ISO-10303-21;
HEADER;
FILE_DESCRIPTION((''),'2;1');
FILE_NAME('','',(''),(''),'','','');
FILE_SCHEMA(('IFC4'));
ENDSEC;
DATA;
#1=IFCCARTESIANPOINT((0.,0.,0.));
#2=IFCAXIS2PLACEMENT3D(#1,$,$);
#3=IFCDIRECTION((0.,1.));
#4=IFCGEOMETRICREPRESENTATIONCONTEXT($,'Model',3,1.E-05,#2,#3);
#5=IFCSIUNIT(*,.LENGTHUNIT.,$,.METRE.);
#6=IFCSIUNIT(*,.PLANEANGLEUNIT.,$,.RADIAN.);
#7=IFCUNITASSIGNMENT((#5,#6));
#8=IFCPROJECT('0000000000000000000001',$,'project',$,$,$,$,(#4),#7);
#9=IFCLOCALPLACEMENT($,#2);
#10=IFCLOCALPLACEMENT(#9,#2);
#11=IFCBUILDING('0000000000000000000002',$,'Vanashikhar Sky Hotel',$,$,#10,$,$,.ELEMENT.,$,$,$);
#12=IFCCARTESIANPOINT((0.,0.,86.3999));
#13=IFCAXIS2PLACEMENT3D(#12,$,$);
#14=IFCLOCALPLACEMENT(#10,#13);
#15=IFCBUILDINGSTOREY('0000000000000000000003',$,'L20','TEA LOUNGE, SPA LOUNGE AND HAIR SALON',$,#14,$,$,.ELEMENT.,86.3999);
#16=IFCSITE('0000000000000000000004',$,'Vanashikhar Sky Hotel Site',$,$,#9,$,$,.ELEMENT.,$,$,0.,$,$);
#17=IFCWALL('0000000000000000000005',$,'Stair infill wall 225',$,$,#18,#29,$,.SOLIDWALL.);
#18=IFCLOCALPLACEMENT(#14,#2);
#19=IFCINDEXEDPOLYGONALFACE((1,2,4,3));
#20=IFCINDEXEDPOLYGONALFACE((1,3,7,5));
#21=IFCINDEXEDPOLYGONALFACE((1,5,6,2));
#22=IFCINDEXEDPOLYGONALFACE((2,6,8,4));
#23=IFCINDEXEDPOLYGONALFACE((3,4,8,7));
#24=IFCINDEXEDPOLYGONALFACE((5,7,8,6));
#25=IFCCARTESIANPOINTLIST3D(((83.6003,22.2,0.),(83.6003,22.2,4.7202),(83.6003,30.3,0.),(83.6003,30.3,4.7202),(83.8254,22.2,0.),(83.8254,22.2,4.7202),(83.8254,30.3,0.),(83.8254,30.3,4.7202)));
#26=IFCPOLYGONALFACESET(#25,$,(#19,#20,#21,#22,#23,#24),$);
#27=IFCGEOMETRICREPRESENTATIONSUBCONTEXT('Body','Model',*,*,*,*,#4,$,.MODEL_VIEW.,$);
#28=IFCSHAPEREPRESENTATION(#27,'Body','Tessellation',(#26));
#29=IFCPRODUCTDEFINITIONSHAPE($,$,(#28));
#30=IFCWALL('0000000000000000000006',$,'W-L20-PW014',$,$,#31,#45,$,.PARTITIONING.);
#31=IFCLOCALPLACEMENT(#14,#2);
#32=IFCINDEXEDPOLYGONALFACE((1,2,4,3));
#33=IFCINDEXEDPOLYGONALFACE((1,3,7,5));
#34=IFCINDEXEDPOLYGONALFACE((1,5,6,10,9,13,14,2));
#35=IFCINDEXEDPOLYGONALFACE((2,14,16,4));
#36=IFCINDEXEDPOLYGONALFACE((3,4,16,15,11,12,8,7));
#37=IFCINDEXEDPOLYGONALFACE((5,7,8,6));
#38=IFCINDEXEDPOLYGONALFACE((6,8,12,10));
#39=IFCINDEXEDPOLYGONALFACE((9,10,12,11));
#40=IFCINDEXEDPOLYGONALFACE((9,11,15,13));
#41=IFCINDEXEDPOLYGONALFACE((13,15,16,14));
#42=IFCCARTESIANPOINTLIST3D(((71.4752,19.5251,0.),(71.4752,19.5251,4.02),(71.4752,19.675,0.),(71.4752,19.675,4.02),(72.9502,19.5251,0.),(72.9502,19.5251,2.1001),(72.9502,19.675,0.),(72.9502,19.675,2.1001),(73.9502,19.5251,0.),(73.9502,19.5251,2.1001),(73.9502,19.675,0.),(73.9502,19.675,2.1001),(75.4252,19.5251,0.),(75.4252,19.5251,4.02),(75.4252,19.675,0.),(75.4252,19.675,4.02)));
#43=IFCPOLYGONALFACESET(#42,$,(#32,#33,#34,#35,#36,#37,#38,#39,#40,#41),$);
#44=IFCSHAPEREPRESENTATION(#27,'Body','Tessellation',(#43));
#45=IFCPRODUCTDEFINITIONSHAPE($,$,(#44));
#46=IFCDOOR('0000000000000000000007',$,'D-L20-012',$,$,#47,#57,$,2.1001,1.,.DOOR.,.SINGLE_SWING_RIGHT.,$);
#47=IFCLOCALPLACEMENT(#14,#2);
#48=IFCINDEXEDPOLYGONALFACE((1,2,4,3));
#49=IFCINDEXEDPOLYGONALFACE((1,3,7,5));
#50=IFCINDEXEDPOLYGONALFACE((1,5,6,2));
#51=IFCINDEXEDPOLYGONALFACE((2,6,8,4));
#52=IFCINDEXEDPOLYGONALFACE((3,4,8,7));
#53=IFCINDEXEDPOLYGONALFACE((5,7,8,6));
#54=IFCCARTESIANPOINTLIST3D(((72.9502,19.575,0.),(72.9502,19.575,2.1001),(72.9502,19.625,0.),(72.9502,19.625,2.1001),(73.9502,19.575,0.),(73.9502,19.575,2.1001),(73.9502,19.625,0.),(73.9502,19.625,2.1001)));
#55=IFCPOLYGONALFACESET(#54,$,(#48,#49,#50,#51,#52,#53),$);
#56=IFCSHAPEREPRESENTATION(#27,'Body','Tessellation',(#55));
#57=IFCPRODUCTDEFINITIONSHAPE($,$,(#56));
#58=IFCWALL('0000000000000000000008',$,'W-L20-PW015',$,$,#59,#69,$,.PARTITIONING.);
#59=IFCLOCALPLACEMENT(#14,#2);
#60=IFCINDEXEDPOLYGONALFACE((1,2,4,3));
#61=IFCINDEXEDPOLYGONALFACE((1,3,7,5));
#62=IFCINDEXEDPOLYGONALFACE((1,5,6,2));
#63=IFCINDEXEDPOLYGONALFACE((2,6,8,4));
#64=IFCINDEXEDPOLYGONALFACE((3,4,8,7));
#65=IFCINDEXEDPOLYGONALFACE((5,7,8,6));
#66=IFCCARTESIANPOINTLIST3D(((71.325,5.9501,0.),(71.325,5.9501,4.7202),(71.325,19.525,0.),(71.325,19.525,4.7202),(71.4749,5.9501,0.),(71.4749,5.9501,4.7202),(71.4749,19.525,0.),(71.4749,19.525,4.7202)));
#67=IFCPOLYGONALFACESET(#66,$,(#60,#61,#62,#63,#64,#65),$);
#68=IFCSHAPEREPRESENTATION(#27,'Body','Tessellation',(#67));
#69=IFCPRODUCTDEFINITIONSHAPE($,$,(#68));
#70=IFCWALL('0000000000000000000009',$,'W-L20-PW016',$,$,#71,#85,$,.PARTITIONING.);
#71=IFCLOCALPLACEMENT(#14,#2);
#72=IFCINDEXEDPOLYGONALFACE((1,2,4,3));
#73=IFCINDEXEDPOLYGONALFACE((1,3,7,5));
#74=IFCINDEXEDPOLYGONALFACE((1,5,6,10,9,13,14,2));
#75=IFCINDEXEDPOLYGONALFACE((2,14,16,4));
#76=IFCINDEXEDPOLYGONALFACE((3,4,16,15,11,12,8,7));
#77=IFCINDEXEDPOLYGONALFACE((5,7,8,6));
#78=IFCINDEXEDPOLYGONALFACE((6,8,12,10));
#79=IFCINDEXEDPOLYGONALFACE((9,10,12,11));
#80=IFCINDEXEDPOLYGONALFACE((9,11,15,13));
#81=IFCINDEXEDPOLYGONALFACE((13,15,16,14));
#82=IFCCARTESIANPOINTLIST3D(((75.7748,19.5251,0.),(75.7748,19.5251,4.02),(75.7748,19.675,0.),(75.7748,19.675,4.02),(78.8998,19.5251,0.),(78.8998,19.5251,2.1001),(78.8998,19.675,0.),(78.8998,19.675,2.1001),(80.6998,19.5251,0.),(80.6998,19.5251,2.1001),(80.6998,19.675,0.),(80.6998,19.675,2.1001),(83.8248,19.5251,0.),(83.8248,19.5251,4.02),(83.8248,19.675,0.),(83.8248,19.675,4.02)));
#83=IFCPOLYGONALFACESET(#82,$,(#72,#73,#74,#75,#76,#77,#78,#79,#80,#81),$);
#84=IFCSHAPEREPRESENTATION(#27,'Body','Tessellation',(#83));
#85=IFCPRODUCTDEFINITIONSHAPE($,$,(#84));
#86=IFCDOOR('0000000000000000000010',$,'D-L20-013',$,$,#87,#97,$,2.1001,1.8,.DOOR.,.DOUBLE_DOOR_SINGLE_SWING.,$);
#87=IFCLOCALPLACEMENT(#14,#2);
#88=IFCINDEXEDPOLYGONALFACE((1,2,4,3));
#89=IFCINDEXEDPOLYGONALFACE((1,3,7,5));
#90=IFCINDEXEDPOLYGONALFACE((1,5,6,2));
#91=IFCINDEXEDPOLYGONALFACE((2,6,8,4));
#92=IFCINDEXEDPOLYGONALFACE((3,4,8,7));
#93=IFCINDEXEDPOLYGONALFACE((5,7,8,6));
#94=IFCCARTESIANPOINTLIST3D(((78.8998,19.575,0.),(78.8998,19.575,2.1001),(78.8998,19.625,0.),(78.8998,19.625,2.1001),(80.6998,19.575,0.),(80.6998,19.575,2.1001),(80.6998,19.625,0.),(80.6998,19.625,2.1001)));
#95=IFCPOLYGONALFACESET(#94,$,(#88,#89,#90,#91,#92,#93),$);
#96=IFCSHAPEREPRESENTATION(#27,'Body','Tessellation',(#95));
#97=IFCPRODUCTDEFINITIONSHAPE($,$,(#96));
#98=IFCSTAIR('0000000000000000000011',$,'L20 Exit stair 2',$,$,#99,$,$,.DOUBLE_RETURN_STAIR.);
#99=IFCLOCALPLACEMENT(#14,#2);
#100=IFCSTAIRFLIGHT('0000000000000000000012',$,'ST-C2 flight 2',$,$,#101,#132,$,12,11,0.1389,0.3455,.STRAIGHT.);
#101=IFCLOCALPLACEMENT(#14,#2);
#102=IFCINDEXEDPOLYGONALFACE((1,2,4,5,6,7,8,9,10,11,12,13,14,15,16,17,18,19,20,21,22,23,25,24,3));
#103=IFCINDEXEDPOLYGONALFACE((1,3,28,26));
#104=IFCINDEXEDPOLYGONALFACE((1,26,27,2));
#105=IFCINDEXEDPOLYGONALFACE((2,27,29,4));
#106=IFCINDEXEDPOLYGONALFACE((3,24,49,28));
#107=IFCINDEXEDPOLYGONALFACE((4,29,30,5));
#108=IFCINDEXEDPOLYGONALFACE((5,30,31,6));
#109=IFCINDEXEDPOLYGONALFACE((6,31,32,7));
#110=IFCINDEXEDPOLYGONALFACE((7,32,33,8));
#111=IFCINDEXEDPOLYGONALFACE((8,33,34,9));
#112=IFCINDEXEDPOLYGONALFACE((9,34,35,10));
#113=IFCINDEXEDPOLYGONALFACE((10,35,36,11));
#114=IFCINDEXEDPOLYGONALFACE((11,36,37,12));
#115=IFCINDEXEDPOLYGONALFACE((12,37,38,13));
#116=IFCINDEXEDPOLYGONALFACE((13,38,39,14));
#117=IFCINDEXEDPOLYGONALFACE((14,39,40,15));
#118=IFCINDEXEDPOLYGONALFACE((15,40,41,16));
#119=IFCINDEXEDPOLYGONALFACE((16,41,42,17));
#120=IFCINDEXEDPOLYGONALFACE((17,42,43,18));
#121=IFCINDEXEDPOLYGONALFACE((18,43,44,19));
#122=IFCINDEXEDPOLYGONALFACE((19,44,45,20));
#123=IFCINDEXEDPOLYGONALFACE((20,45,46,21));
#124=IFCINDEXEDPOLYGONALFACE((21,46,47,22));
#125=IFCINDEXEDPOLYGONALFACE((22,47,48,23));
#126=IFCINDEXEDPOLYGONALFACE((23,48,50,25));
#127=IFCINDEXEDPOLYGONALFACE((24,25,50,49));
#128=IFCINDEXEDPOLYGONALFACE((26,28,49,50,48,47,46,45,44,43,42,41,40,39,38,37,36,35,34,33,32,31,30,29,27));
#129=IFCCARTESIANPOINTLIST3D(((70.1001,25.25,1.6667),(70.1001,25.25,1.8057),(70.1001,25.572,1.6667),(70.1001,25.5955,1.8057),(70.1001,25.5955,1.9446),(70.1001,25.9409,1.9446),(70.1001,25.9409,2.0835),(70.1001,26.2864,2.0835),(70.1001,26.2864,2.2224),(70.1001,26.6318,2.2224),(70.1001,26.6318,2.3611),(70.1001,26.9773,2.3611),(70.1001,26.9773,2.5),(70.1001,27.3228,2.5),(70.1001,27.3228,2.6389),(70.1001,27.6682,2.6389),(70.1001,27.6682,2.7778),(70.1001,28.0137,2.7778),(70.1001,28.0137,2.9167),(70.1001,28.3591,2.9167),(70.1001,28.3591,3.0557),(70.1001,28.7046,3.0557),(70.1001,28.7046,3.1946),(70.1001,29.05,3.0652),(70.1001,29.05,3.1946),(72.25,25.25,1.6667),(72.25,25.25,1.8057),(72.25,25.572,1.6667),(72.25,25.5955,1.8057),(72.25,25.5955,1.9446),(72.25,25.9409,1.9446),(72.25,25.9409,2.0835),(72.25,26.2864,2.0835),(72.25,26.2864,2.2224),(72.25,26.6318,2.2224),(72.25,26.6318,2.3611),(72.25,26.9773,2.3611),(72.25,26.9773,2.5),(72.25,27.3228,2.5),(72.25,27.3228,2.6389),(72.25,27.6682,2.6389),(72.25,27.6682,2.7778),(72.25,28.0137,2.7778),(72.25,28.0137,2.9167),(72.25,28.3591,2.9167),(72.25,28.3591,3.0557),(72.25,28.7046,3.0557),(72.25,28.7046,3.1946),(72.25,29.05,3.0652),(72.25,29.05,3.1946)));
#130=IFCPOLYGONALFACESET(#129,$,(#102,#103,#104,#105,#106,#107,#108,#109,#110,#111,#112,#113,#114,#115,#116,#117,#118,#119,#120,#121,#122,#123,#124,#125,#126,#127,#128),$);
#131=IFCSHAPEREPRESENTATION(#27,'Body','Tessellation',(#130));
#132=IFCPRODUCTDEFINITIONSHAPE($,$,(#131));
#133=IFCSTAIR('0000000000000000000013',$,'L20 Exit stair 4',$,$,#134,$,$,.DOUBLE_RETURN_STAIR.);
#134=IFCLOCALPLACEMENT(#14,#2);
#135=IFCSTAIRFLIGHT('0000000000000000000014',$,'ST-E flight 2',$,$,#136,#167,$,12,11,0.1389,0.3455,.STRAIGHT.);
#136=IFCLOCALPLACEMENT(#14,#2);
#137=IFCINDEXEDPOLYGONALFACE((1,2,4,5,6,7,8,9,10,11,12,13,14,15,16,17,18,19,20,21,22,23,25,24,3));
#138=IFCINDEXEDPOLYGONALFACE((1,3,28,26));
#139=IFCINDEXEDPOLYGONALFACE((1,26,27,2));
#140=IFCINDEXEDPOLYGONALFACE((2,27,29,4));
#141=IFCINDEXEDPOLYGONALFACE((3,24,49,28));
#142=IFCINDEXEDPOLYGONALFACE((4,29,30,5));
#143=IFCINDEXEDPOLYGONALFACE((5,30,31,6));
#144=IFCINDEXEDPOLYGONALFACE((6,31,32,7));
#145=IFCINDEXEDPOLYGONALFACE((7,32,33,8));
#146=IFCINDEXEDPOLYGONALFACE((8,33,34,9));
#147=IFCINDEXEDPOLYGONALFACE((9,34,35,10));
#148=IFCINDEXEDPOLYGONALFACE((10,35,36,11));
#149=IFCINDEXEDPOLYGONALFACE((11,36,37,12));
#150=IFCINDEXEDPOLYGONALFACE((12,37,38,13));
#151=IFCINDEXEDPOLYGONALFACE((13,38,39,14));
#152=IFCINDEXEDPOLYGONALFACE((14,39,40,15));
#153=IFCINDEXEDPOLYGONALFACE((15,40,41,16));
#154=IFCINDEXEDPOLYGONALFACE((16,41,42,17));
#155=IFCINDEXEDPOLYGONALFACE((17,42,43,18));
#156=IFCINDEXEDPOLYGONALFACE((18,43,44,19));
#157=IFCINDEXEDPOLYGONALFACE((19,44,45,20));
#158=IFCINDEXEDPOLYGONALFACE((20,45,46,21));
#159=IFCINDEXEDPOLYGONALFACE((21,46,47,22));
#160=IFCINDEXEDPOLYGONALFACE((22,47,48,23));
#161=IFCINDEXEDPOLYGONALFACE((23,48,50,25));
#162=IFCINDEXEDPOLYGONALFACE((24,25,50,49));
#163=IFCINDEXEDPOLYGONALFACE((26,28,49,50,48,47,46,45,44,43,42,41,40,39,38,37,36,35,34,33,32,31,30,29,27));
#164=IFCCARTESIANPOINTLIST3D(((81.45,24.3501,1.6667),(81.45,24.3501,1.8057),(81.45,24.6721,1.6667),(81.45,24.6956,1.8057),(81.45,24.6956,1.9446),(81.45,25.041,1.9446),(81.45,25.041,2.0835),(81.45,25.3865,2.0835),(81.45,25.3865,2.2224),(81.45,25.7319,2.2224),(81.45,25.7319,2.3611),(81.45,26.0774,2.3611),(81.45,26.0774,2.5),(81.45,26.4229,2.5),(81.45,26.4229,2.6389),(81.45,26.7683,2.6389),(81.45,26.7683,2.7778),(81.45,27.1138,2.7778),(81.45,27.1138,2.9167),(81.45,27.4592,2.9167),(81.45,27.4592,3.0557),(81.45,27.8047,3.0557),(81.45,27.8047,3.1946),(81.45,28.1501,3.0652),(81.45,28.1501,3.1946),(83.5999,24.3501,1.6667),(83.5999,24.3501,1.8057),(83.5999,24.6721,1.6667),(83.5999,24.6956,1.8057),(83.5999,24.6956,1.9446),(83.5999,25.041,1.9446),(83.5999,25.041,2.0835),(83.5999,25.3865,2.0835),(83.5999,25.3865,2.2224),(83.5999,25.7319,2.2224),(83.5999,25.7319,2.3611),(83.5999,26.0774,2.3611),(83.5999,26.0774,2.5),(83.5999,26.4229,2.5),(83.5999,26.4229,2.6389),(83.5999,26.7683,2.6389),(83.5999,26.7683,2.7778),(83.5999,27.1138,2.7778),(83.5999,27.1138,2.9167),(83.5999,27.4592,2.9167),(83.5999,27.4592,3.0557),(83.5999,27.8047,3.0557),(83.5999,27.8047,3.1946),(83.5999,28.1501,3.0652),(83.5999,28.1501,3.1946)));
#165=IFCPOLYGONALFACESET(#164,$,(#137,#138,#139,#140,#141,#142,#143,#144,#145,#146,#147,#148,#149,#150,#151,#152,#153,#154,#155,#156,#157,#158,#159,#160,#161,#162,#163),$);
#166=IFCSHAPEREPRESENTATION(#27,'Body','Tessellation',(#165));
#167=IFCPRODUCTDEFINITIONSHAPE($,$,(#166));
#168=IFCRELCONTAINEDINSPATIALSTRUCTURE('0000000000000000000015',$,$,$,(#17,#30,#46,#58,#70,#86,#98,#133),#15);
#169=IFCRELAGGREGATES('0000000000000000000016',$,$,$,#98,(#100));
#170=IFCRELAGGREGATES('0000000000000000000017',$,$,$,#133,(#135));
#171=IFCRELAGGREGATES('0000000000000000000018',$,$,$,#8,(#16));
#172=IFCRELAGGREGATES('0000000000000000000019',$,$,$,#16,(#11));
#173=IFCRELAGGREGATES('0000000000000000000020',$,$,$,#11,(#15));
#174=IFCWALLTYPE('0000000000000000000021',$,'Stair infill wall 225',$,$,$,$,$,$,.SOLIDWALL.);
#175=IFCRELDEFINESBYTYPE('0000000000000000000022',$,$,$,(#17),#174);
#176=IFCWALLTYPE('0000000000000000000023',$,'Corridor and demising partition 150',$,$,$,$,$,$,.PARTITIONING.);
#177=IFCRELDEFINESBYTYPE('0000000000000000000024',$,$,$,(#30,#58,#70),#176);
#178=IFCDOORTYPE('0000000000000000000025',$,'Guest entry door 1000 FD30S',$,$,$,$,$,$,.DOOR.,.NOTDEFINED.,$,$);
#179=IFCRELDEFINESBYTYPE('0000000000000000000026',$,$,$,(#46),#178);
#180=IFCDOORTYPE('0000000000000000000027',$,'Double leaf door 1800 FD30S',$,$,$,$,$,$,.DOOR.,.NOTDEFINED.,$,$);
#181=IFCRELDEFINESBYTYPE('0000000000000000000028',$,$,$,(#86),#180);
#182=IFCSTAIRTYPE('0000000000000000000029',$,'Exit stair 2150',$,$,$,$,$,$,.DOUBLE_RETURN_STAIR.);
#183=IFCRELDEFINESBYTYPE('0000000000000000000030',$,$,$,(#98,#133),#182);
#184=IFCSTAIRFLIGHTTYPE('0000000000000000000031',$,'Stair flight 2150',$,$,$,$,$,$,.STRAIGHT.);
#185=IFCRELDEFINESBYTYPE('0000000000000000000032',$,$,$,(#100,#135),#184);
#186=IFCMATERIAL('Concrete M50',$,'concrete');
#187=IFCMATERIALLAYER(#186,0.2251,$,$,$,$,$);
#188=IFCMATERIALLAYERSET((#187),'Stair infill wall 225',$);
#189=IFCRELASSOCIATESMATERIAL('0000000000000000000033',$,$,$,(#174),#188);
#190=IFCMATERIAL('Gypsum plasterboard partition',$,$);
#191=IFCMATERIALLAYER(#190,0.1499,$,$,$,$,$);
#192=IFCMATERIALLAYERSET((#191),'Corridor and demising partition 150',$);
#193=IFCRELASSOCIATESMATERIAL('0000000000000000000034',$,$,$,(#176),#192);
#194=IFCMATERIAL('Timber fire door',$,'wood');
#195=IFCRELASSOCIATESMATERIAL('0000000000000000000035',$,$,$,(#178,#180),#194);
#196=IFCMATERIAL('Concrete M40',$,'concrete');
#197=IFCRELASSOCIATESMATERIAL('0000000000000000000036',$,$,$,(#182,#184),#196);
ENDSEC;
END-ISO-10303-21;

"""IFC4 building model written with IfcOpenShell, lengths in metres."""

from ifc_helpers import new_model, si_unit, direction, frame, frame_2d, origin, place, context, subcontext, project, spatial, polyline, rectangle, outline, extrude, source, transform, mapped, material, layer, layer_set, type_object, element, fill, aggregate, save


model = new_model("IFC4")

# Units and contexts
model_context = context("Model", 3, precision=1e-05, world=origin(), true_north=direction((0.0, 1.0)))
body_context = subcontext(model_context, "Body", "Model", "MODEL_VIEW")
ifc_project = project(units=[si_unit("LENGTHUNIT", "METRE"), si_unit("PLANEANGLEUNIT", "RADIAN")], contexts=[model_context])

# Site, building, storey
site_placement = place(None, origin())
site = spatial("IfcSite", under=ifc_project, at=site_placement, Name="Vanashikhar Sky Hotel Site", CompositionType="ELEMENT", RefElevation=0.0)
building_placement = place(site_placement, origin())
building = spatial("IfcBuilding", under=site, at=building_placement, Name="Vanashikhar Sky Hotel", CompositionType="ELEMENT")
storey_placement = place(building_placement, frame((0.0, 0.0, 86.3999)))
storey = spatial("IfcBuildingStorey", under=building, at=storey_placement, Name="L20", Description="TEA LOUNGE, SPA LOUNGE AND HAIR SALON", CompositionType="ELEMENT", Elevation=86.3999)

# Shared definitions
ifc_material_1 = material(Name="Concrete M50", Category="concrete")

# Wall
ifc_layer_1 = layer(ifc_material_1, 0.2251)
ifc_layer_set_1 = layer_set([ifc_layer_1], Name="Stair infill wall 225")
wall_type_1 = type_object("IfcWallType", Name="Stair infill wall 225", PredefinedType="SOLIDWALL", material=ifc_layer_set_1)
shared_shape_1 = source(origin(), body_context, "Body", "SweptSolid", [
    extrude(rectangle(XDim=8.1001, YDim=0.2251, at=frame_2d((4.05, 0.0))), origin(), (0.0, 0.0, 1.0), 4.7202),
])
wall_1_placement = place(storey_placement, frame((83.7129, 22.2, 0.0), z_axis=(0.0, 0.0, 1.0), x_axis=(0.0, 1.0, 0.0)))
element("IfcWall", 1, at=wall_1_placement, inside=storey, type_object=wall_type_1, Name="Stair infill wall 225", PredefinedType="SOLIDWALL", context=body_context, shape_type="MappedRepresentation", body=[
    mapped(shared_shape_1, transform((0.0, 0.0, 0.0), scale=1.0)),
])

# Wall, opening, door
ifc_material_2 = material(Name="Gypsum plasterboard partition")
ifc_layer_2 = layer(ifc_material_2, 0.1499)
ifc_layer_set_2 = layer_set([ifc_layer_2], Name="Corridor and demising partition 150")
wall_type_2 = type_object("IfcWallType", Name="Corridor and demising partition 150", PredefinedType="PARTITIONING", material=ifc_layer_set_2)
shared_shape_2 = source(origin(), body_context, "Body", "SweptSolid", [
    extrude(rectangle(XDim=3.95, YDim=0.1499, at=frame_2d((1.9751, 0.0))), origin(), (0.0, 0.0, 1.0), 4.02),
])
wall_2_placement = place(storey_placement, frame((71.4751, 19.6001, 0.0), z_axis=(0.0, 0.0, 1.0), x_axis=(1.0, 0.0, 0.0)))
wall_2 = element("IfcWall", 2, at=wall_2_placement, inside=storey, type_object=wall_type_2, Name="W-L20-PW014", PredefinedType="PARTITIONING", context=body_context, shape_type="MappedRepresentation", body=[
    mapped(shared_shape_2, transform((0.0, 0.0, 0.0), scale=1.0)),
])
shared_shape_3 = source(origin(), body_context, "Body", "SweptSolid", [
    extrude(rectangle(XDim=1.0, YDim=2.1001, at=frame_2d((0.5, 1.05))), frame((0.0, 0.085, 0.0), z_axis=(0.0, -1.0, 0.0), x_axis=(1.0, 0.0, 0.0)), (0.0, 0.0, 1.0), 0.1699),
])
opening_1_placement = place(wall_2_placement, frame((1.4751, 0.0, 0.0)))
opening_1 = element("IfcOpeningElement", 3, at=opening_1_placement, cuts=wall_2, PredefinedType="OPENING", context=body_context, shape_type="MappedRepresentation", body=[
    mapped(shared_shape_3, transform((0.0, 0.0, 0.0), scale=1.0)),
])
ifc_material_3 = material(Name="Timber fire door", Category="wood")
door_type_1 = type_object("IfcDoorType", Name="Guest entry door 1000 FD30S", OperationType="NOTDEFINED", PredefinedType="DOOR", material=ifc_material_3)
shared_shape_4 = source(origin(), body_context, "Body", "SweptSolid", [
    extrude(rectangle(XDim=1.0, YDim=2.1001, at=frame_2d((0.5, 1.05))), frame((0.0, 0.0249, 0.0), z_axis=(0.0, -1.0, 0.0), x_axis=(1.0, 0.0, 0.0)), (0.0, 0.0, 1.0), 0.05),
])
door_1_placement = place(opening_1_placement, origin())
door_1 = element("IfcDoor", 4, at=door_1_placement, inside=storey, type_object=door_type_1, Name="D-L20-012", OperationType="SINGLE_SWING_RIGHT", OverallHeight=2.1001, OverallWidth=1.0, PredefinedType="DOOR", context=body_context, shape_type="MappedRepresentation", body=[
    mapped(shared_shape_4, transform((0.0, 0.0, 0.0), scale=1.0)),
])
fill(opening_1, door_1)

# Wall
shared_shape_5 = source(origin(), body_context, "Body", "SweptSolid", [
    extrude(rectangle(XDim=13.575, YDim=0.1499, at=frame_2d((6.7876, 0.0))), origin(), (0.0, 0.0, 1.0), 4.7202),
])
wall_3_placement = place(storey_placement, frame((71.3999, 5.95, 0.0), z_axis=(0.0, 0.0, 1.0), x_axis=(0.0, 1.0, 0.0)))
element("IfcWall", 5, at=wall_3_placement, inside=storey, type_object=wall_type_2, Name="W-L20-PW015", PredefinedType="PARTITIONING", context=body_context, shape_type="MappedRepresentation", body=[
    mapped(shared_shape_5, transform((0.0, 0.0, 0.0), scale=1.0)),
])

# Wall, opening, door
shared_shape_6 = source(origin(), body_context, "Body", "SweptSolid", [
    extrude(rectangle(XDim=8.05, YDim=0.1499, at=frame_2d((4.0249, 0.0))), origin(), (0.0, 0.0, 1.0), 4.02),
])
wall_4_placement = place(storey_placement, frame((75.7749, 19.6001, 0.0), z_axis=(0.0, 0.0, 1.0), x_axis=(1.0, 0.0, 0.0)))
wall_4 = element("IfcWall", 6, at=wall_4_placement, inside=storey, type_object=wall_type_2, Name="W-L20-PW016", PredefinedType="PARTITIONING", context=body_context, shape_type="MappedRepresentation", body=[
    mapped(shared_shape_6, transform((0.0, 0.0, 0.0), scale=1.0)),
])
shared_shape_7 = source(origin(), body_context, "Body", "SweptSolid", [
    extrude(rectangle(XDim=1.8, YDim=2.1001, at=frame_2d((0.8999, 1.05))), frame((0.0, 0.085, 0.0), z_axis=(0.0, -1.0, 0.0), x_axis=(1.0, 0.0, 0.0)), (0.0, 0.0, 1.0), 0.1699),
])
opening_2_placement = place(wall_4_placement, frame((3.125, 0.0, 0.0)))
opening_2 = element("IfcOpeningElement", 7, at=opening_2_placement, cuts=wall_4, PredefinedType="OPENING", context=body_context, shape_type="MappedRepresentation", body=[
    mapped(shared_shape_7, transform((0.0, 0.0, 0.0), scale=1.0)),
])
door_type_2 = type_object("IfcDoorType", Name="Double leaf door 1800 FD30S", OperationType="NOTDEFINED", PredefinedType="DOOR", material=ifc_material_3)
shared_shape_8 = source(origin(), body_context, "Body", "SweptSolid", [
    extrude(rectangle(XDim=1.8, YDim=2.1001, at=frame_2d((0.8999, 1.05))), frame((0.0, 0.0249, 0.0), z_axis=(0.0, -1.0, 0.0), x_axis=(1.0, 0.0, 0.0)), (0.0, 0.0, 1.0), 0.05),
])
door_2_placement = place(opening_2_placement, origin())
door_2 = element("IfcDoor", 8, at=door_2_placement, inside=storey, type_object=door_type_2, Name="D-L20-013", OperationType="DOUBLE_DOOR_SINGLE_SWING", OverallHeight=2.1001, OverallWidth=1.8, PredefinedType="DOOR", context=body_context, shape_type="MappedRepresentation", body=[
    mapped(shared_shape_8, transform((0.0, 0.0, 0.0), scale=1.0)),
])
fill(opening_2, door_2)

# Stairs, stair flights
ifc_material_4 = material(Name="Concrete M40", Category="concrete")
stair_type = type_object("IfcStairType", Name="Exit stair 2150", PredefinedType="DOUBLE_RETURN_STAIR", material=ifc_material_4)
stair_1_placement = place(storey_placement, origin())
stair_1 = element("IfcStair", 9, at=stair_1_placement, inside=storey, type_object=stair_type, Name="L20 Exit stair 2", PredefinedType="DOUBLE_RETURN_STAIR")
stair_flight_type = type_object("IfcStairFlightType", Name="Stair flight 2150", PredefinedType="STRAIGHT", material=ifc_material_4)
shared_shape_9 = source(origin(), body_context, "Body", "SweptSolid", [
    extrude(outline(polyline([(0.0, 0.0), (0.0, 0.1389), (0.3455, 0.1389), (0.3455, 0.2778), (0.6909, 0.2778), (0.6909, 0.4167), (1.0364, 0.4167), (1.0364, 0.5557), (1.3818, 0.5557), (1.3818, 0.6943), (1.7273, 0.6943), (1.7273, 0.8333), (2.0728, 0.8333), (2.0728, 0.9722), (2.4182, 0.9722), (2.4182, 1.1111), (2.7637, 1.1111), (2.7637, 1.25), (3.1091, 1.25), (3.1091, 1.3889), (3.4546, 1.3889), (3.4546, 1.5278), (3.8, 1.5278), (3.8, 1.6667), (3.8, 1.3984), (0.322, 0.0), (0.0, 0.0)])), frame((0.0, 1.075, 0.0), z_axis=(0.0, -1.0, 0.0), x_axis=(1.0, 0.0, 0.0)), (0.0, 0.0, 1.0), 2.1499),
])
stair_flight_1_placement = place(storey_placement, frame((71.175, 25.25, 1.6667), z_axis=(0.0, 0.0, 1.0), x_axis=(0.0, 1.0, 0.0)))
stair_flight_1 = element("IfcStairFlight", 10, at=stair_flight_1_placement, type_object=stair_flight_type, Name="ST-C2 flight 2", NumberOfRisers=12, NumberOfTreads=11, PredefinedType="STRAIGHT", RiserHeight=0.1389, TreadLength=0.3455, context=body_context, shape_type="MappedRepresentation", body=[
    mapped(shared_shape_9, transform((0.0, 0.0, 0.0), scale=1.0)),
])
aggregate(stair_1, [stair_flight_1])
stair_2_placement = place(storey_placement, origin())
stair_2 = element("IfcStair", 11, at=stair_2_placement, inside=storey, type_object=stair_type, Name="L20 Exit stair 4", PredefinedType="DOUBLE_RETURN_STAIR")
stair_flight_2_placement = place(storey_placement, frame((82.5249, 24.3501, 1.6667), z_axis=(0.0, 0.0, 1.0), x_axis=(0.0, 1.0, 0.0)))
stair_flight_2 = element("IfcStairFlight", 12, at=stair_flight_2_placement, type_object=stair_flight_type, Name="ST-E flight 2", NumberOfRisers=12, NumberOfTreads=11, PredefinedType="STRAIGHT", RiserHeight=0.1389, TreadLength=0.3455, context=body_context, shape_type="MappedRepresentation", body=[
    mapped(shared_shape_9, transform((0.0, 0.0, 0.0), scale=1.0)),
])
aggregate(stair_2, [stair_flight_2])

save(model, "model.ifc")
